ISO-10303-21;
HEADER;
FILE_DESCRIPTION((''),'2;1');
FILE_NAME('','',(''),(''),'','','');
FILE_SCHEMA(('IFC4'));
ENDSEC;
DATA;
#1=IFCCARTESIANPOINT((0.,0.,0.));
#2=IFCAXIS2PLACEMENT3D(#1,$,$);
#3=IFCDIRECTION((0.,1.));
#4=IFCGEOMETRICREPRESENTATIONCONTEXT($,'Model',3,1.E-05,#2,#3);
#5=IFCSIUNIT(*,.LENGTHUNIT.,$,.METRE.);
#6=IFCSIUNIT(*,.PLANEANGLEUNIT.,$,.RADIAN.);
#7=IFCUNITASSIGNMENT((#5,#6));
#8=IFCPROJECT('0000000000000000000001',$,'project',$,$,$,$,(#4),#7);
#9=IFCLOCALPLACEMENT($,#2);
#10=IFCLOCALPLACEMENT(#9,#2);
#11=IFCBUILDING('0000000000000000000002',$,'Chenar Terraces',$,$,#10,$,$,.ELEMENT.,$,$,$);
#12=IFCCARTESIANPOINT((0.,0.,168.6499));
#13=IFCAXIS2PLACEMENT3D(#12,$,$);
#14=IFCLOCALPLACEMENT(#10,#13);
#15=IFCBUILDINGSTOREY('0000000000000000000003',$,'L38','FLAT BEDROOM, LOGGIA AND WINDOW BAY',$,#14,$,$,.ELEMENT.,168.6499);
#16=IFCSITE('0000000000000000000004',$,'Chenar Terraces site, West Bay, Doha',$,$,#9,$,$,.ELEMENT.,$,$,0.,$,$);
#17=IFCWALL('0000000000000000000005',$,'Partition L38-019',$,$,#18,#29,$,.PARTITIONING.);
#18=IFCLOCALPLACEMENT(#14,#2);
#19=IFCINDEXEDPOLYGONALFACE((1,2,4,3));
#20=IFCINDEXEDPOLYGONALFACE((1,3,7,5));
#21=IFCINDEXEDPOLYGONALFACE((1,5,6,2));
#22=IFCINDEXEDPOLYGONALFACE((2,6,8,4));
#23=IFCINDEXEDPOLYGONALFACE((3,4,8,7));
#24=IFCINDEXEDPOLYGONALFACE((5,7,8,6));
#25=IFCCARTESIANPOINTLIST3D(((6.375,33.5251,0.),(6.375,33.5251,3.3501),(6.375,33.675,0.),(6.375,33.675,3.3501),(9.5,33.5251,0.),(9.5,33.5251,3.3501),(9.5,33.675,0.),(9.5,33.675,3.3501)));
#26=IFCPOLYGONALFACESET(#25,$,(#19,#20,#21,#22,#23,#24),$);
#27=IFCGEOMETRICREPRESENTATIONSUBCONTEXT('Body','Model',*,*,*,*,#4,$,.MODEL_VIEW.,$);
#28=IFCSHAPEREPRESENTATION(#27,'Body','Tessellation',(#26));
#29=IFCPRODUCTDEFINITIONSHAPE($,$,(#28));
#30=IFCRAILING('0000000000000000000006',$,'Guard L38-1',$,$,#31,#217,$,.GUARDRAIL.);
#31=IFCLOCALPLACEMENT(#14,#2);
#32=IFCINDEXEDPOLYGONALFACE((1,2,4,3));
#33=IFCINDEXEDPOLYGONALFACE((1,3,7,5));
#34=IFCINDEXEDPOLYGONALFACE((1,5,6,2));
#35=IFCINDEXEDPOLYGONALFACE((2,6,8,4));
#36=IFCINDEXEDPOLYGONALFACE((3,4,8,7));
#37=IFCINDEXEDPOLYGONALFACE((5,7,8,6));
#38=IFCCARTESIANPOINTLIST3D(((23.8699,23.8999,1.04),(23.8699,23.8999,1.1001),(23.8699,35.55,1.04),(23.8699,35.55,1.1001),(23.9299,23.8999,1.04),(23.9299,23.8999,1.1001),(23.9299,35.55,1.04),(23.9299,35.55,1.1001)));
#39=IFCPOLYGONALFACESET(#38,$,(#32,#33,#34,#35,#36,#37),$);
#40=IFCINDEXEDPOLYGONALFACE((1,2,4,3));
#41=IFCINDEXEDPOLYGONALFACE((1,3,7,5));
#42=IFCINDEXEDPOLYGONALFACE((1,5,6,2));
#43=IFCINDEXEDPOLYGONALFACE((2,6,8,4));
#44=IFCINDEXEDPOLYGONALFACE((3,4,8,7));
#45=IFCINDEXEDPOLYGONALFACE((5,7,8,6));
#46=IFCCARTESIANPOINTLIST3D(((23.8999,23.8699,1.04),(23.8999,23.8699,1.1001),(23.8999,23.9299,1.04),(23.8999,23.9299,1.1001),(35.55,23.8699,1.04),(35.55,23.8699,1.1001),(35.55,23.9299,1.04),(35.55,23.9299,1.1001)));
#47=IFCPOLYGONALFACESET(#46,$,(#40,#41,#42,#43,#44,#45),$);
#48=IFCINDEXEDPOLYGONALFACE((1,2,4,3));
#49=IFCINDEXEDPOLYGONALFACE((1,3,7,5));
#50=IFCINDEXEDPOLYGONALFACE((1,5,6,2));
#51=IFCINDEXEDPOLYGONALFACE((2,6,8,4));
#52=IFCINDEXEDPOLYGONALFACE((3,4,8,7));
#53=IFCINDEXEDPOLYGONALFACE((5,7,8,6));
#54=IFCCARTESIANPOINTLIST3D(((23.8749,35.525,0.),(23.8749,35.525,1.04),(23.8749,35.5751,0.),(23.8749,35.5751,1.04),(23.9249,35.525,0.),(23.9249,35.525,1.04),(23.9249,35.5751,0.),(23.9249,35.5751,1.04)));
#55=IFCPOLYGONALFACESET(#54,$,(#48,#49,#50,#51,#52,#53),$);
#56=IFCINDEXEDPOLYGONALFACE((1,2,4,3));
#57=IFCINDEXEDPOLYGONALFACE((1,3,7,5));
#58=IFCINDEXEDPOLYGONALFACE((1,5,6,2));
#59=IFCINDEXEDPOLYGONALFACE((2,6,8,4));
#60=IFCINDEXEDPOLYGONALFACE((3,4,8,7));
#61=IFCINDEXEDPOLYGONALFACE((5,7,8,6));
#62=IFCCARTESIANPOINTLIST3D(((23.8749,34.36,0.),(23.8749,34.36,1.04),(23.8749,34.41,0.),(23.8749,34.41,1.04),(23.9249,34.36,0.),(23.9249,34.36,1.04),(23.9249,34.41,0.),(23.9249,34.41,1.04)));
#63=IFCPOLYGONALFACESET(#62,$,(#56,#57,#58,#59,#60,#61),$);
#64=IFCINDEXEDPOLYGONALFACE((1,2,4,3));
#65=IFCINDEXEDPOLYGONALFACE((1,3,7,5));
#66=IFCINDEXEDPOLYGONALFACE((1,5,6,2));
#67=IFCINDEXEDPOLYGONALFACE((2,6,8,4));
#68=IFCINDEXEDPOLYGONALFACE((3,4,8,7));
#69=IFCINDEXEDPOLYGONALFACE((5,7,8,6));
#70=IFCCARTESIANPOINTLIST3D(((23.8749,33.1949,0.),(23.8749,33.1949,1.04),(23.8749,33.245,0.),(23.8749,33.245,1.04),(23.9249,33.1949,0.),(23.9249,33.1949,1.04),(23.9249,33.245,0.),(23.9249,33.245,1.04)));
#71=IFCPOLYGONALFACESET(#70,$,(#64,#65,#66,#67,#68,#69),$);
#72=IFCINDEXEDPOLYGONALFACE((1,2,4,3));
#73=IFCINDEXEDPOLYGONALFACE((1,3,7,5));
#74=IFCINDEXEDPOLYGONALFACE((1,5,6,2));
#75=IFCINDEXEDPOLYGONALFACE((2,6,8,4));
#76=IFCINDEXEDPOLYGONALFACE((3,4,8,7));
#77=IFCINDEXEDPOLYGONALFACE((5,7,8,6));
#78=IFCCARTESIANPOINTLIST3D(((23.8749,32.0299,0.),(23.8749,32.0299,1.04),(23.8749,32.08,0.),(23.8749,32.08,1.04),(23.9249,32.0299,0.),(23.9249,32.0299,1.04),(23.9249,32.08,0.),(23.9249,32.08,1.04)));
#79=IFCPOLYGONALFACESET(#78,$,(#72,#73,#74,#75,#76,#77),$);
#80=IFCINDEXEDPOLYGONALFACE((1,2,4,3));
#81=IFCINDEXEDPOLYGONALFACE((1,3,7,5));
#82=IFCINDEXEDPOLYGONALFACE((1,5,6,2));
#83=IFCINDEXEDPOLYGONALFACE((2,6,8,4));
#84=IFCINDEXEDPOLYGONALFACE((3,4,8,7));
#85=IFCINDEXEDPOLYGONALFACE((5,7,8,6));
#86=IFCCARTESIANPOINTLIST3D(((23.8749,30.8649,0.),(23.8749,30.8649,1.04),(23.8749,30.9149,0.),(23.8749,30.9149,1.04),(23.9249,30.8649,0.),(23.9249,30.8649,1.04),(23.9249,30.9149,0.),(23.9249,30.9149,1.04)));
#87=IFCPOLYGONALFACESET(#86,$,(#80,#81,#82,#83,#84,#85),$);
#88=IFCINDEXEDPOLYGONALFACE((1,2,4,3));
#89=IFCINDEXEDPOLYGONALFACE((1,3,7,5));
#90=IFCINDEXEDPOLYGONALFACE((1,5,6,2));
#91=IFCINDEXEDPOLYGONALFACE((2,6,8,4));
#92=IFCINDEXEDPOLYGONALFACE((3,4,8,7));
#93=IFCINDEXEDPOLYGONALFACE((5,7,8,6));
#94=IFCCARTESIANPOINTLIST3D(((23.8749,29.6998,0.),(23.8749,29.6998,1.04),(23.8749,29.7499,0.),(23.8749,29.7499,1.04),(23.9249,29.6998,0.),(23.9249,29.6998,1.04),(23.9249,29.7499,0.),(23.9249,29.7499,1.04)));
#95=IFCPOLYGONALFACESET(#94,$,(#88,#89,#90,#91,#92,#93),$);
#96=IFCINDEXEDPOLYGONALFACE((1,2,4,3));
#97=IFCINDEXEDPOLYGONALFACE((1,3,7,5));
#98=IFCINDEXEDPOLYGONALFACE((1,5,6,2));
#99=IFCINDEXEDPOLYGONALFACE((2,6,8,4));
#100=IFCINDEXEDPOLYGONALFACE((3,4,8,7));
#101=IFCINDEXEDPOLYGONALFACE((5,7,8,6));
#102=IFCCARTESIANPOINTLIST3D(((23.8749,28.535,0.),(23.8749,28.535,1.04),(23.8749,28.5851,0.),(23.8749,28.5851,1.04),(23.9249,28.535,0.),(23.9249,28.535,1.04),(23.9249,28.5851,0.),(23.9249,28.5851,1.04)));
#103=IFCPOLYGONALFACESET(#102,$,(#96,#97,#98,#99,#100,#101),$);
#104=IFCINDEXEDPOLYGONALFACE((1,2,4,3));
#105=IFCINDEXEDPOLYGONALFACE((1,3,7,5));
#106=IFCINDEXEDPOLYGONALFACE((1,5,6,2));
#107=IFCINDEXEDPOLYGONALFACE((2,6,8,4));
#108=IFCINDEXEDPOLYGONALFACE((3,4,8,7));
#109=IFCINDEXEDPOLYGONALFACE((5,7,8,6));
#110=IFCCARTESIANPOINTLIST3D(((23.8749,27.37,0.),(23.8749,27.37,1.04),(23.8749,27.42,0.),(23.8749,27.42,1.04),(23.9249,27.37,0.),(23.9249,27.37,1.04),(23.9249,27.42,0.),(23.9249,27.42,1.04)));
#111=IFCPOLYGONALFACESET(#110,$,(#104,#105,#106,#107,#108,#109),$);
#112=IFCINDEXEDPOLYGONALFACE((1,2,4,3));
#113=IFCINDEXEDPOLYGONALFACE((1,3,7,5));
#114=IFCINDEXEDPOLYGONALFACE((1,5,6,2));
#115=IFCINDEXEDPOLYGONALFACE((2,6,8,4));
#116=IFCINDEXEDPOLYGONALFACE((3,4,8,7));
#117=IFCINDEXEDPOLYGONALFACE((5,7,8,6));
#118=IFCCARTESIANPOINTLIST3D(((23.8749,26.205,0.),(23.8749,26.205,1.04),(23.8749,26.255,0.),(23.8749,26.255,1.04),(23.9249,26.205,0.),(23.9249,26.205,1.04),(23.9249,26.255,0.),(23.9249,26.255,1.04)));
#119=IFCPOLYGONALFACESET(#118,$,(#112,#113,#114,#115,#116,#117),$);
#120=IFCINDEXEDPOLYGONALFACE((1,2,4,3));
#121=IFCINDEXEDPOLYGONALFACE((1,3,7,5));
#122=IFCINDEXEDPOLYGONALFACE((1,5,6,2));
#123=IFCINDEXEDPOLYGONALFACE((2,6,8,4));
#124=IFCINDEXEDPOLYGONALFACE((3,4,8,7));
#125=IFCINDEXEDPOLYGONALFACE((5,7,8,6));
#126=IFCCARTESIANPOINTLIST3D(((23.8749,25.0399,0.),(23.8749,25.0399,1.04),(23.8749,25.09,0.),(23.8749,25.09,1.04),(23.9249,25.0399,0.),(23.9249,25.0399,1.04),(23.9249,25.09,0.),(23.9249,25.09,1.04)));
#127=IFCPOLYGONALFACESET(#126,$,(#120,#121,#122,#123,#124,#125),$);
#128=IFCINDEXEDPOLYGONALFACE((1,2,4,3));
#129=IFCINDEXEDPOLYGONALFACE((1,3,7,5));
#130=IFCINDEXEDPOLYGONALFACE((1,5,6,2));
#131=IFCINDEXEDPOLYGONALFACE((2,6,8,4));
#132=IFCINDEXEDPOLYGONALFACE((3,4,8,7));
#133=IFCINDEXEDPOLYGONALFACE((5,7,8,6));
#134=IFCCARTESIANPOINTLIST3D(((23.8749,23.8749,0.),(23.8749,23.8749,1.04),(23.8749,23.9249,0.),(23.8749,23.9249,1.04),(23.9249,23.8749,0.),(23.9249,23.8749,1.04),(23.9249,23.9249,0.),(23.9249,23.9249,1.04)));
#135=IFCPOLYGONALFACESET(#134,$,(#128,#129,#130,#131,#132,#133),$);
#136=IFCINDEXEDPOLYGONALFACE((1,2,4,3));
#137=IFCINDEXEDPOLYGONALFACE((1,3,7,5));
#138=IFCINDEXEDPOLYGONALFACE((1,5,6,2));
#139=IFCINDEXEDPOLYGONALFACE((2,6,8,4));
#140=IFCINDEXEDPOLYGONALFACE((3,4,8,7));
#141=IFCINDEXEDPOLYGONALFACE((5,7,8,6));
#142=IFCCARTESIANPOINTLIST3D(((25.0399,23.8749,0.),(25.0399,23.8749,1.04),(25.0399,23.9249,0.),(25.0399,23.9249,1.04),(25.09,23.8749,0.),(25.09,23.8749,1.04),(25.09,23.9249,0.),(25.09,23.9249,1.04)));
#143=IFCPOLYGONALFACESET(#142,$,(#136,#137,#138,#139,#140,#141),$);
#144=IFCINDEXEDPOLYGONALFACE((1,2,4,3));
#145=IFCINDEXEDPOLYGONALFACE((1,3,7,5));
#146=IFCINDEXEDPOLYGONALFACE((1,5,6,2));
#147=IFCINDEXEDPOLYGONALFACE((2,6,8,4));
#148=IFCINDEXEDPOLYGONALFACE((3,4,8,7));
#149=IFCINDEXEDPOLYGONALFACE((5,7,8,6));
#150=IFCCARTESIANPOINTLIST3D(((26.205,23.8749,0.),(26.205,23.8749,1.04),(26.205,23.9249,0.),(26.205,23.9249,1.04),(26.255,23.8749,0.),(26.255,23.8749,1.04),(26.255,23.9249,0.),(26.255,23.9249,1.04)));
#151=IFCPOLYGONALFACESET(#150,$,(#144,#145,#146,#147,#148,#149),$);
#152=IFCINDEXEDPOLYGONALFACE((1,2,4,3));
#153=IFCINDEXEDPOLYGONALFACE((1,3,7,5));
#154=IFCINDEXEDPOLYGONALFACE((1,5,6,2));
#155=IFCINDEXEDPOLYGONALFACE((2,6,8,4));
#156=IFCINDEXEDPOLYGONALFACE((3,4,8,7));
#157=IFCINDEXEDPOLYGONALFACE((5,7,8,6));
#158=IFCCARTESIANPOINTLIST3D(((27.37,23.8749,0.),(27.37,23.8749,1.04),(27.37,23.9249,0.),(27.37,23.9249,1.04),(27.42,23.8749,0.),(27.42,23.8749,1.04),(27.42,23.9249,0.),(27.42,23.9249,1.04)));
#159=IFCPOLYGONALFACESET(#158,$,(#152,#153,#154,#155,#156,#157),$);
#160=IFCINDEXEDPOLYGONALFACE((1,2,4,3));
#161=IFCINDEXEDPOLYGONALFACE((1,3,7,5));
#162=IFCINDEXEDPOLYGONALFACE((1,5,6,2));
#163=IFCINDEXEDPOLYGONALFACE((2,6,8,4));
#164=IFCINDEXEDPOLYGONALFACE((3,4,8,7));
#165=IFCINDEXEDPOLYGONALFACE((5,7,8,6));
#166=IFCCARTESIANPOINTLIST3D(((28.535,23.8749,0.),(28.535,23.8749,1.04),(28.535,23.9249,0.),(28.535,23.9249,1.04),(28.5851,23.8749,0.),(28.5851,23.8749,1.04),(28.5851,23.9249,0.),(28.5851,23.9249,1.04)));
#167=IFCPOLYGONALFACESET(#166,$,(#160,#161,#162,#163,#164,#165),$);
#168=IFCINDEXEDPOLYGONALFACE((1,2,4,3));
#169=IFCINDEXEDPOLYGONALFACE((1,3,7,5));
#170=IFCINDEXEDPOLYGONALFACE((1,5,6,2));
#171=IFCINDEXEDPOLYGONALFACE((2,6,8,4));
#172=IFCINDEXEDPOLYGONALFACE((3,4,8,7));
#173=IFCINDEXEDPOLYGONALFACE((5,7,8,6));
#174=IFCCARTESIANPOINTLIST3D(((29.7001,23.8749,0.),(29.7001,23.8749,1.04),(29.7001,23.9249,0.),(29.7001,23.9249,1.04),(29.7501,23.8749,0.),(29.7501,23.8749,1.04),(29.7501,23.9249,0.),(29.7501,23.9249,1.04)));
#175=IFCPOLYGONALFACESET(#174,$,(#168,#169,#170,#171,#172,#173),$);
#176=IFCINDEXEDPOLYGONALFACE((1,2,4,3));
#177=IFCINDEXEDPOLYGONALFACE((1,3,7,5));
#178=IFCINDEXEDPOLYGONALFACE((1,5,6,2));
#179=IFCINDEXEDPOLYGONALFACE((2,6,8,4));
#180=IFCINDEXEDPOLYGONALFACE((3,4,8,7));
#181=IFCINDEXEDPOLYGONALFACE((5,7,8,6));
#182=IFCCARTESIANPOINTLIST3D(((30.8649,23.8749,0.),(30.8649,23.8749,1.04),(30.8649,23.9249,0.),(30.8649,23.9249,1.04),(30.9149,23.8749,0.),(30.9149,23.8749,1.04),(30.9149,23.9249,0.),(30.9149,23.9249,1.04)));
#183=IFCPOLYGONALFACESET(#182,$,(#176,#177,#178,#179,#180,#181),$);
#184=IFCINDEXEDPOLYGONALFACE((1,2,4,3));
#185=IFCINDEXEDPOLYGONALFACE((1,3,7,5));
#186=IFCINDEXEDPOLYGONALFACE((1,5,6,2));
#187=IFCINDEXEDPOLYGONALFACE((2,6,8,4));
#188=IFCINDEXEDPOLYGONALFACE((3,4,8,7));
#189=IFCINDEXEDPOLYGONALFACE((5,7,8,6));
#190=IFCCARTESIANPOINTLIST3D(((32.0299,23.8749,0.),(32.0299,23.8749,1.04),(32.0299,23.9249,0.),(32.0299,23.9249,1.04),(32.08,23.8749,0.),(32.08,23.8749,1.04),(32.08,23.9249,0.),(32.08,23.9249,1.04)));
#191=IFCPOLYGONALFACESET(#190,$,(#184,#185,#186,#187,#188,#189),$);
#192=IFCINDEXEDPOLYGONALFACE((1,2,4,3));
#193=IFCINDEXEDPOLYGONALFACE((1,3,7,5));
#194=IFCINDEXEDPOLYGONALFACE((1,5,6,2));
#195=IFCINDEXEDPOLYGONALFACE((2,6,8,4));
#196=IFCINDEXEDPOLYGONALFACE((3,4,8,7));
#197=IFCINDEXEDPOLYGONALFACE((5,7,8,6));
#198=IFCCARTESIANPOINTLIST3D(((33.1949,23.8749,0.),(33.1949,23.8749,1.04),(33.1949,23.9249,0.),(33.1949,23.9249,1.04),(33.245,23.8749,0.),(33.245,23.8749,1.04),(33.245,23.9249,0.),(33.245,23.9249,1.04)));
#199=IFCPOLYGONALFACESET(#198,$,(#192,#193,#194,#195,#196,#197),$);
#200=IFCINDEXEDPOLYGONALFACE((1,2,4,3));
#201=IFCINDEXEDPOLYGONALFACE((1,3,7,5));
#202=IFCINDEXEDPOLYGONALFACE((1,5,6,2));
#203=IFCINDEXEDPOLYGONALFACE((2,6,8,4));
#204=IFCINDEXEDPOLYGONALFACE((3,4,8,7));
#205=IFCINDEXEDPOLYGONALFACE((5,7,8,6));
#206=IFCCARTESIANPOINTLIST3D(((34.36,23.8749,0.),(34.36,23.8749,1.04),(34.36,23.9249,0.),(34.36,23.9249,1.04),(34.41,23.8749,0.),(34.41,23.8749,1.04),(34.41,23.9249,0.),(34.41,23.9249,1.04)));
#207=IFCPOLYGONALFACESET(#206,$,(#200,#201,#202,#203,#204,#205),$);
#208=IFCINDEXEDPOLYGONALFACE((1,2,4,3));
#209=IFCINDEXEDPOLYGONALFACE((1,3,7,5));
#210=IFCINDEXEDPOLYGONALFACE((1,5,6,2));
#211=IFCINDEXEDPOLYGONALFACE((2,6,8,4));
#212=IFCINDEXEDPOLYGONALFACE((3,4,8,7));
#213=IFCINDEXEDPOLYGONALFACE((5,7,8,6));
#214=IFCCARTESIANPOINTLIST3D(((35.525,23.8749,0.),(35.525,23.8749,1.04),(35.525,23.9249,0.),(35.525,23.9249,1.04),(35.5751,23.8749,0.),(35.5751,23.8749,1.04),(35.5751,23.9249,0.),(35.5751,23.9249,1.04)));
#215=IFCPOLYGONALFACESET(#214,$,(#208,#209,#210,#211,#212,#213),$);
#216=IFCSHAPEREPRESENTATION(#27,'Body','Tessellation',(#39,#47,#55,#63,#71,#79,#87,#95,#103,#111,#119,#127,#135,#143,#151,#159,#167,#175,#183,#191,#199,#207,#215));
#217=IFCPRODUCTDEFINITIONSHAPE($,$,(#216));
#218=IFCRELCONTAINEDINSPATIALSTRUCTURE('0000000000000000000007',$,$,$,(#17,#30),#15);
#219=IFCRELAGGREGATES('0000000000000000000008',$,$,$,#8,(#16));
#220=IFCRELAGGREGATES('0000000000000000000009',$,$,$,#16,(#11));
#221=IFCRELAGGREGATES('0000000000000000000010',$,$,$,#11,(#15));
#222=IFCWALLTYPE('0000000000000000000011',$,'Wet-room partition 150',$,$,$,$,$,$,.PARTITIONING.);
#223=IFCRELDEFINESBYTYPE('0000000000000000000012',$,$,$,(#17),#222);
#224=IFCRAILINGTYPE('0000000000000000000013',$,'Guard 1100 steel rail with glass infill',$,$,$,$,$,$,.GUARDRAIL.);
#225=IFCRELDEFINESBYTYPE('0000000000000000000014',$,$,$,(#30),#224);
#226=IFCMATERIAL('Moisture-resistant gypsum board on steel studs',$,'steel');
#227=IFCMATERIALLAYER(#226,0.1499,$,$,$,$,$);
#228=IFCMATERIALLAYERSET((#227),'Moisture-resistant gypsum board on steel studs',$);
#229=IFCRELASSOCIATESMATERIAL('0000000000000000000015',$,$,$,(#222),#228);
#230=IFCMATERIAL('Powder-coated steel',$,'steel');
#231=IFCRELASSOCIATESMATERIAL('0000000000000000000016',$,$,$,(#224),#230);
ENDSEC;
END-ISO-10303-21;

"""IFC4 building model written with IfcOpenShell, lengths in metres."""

from ifc_helpers import new_model, si_unit, direction, frame, frame_2d, origin, origin_2d, place, context, subcontext, project, spatial, rectangle, extrude, material, layer, layer_set, type_object, element, save


model = new_model("IFC4")

# Units and contexts
model_context = context("Model", 3, precision=1e-05, world=origin(), true_north=direction((0.0, 1.0)))
body_context = subcontext(model_context, "Body", "Model", "MODEL_VIEW")
ifc_project = project(units=[si_unit("LENGTHUNIT", "METRE"), si_unit("PLANEANGLEUNIT", "RADIAN")], contexts=[model_context])

# Site, building, storey
site_placement = place(None, origin())
site = spatial("IfcSite", under=ifc_project, at=site_placement, Name="Chenar Terraces site, West Bay, Doha", CompositionType="ELEMENT", RefElevation=0.0)
building_placement = place(site_placement, origin())
building = spatial("IfcBuilding", under=site, at=building_placement, Name="Chenar Terraces", CompositionType="ELEMENT")
storey_placement = place(building_placement, frame((0.0, 0.0, 168.6499)))
storey = spatial("IfcBuildingStorey", under=building, at=storey_placement, Name="L38", Description="FLAT BEDROOM, LOGGIA AND WINDOW BAY", CompositionType="ELEMENT", Elevation=168.6499)

# Wall
ifc_material_1 = material(Name="Moisture-resistant gypsum board on steel studs", Category="steel")
ifc_layer_1 = layer(ifc_material_1, 0.1499)
ifc_layer_set_1 = layer_set([ifc_layer_1], Name="Moisture-resistant gypsum board on steel studs")
wall_type_1 = type_object("IfcWallType", Name="Wet-room partition 150", PredefinedType="PARTITIONING", material=ifc_layer_set_1)
wall_1_placement = place(storey_placement, frame((6.375, 33.6001, 0.0), z_axis=(0.0, 0.0, 1.0), x_axis=(1.0, 0.0, 0.0)))
element("IfcWall", 1, at=wall_1_placement, inside=storey, type_object=wall_type_1, Name="Partition L38-019", PredefinedType="PARTITIONING", context=body_context, shape_type="SweptSolid", body=[
    extrude(rectangle(XDim=3.125, YDim=0.1499, at=frame_2d((1.5625, 0.0))), origin(), (0.0, 0.0, 1.0), 3.3501),
])

# Railing
ifc_material_2 = material(Name="Powder-coated steel", Category="steel")
railing_type = type_object("IfcRailingType", Name="Guard 1100 steel rail with glass infill", PredefinedType="GUARDRAIL", material=ifc_material_2)
railing_placement = place(storey_placement, frame((23.8999, 35.55, 0.0)))
element("IfcRailing", 2, at=railing_placement, inside=storey, type_object=railing_type, Name="Guard L38-1", PredefinedType="GUARDRAIL", context=body_context, shape_type="SweptSolid", body=[
    extrude(rectangle(XDim=0.0601, YDim=0.0601, at=origin_2d()), frame((0.0, 0.0, 1.0701), z_axis=(0.0, -1.0, 0.0), x_axis=(1.0, 0.0, 0.0)), (0.0, 0.0, 1.0), 11.6501),
    extrude(rectangle(XDim=0.0601, YDim=0.0601, at=origin_2d()), frame((0.0, -11.6501, 1.0701), z_axis=(1.0, 0.0, 0.0), x_axis=(0.0, 1.0, 0.0)), (0.0, 0.0, 1.0), 11.6501),
    extrude(rectangle(XDim=0.05, YDim=0.05, at=origin_2d()), origin(), (0.0, 0.0, 1.0), 1.04),
    extrude(rectangle(XDim=0.05, YDim=0.05, at=origin_2d()), frame((0.0, -1.165, 0.0)), (0.0, 0.0, 1.0), 1.04),
    extrude(rectangle(XDim=0.05, YDim=0.05, at=origin_2d()), frame((0.0, -2.3301, 0.0)), (0.0, 0.0, 1.0), 1.04),
    extrude(rectangle(XDim=0.05, YDim=0.05, at=origin_2d()), frame((0.0, -3.4951, 0.0)), (0.0, 0.0, 1.0), 1.04),
    extrude(rectangle(XDim=0.05, YDim=0.05, at=origin_2d()), frame((0.0, -4.6602, 0.0)), (0.0, 0.0, 1.0), 1.04),
    extrude(rectangle(XDim=0.05, YDim=0.05, at=origin_2d()), frame((0.0, -5.8252, 0.0)), (0.0, 0.0, 1.0), 1.04),
    extrude(rectangle(XDim=0.05, YDim=0.05, at=origin_2d()), frame((0.0, -6.99, 0.0)), (0.0, 0.0, 1.0), 1.04),
    extrude(rectangle(XDim=0.05, YDim=0.05, at=origin_2d()), frame((0.0, -8.155, 0.0)), (0.0, 0.0, 1.0), 1.04),
    extrude(rectangle(XDim=0.05, YDim=0.05, at=origin_2d()), frame((0.0, -9.3201, 0.0)), (0.0, 0.0, 1.0), 1.04),
    extrude(rectangle(XDim=0.05, YDim=0.05, at=origin_2d()), frame((0.0, -10.4851, 0.0)), (0.0, 0.0, 1.0), 1.04),
    extrude(rectangle(XDim=0.05, YDim=0.05, at=origin_2d()), frame((0.0, -11.6501, 0.0)), (0.0, 0.0, 1.0), 1.04),
    extrude(rectangle(XDim=0.05, YDim=0.05, at=origin_2d()), frame((1.165, -11.6501, 0.0)), (0.0, 0.0, 1.0), 1.04),
    extrude(rectangle(XDim=0.05, YDim=0.05, at=origin_2d()), frame((2.3301, -11.6501, 0.0)), (0.0, 0.0, 1.0), 1.04),
    extrude(rectangle(XDim=0.05, YDim=0.05, at=origin_2d()), frame((3.4951, -11.6501, 0.0)), (0.0, 0.0, 1.0), 1.04),
    extrude(rectangle(XDim=0.05, YDim=0.05, at=origin_2d()), frame((4.6602, -11.6501, 0.0)), (0.0, 0.0, 1.0), 1.04),
    extrude(rectangle(XDim=0.05, YDim=0.05, at=origin_2d()), frame((5.8252, -11.6501, 0.0)), (0.0, 0.0, 1.0), 1.04),
    extrude(rectangle(XDim=0.05, YDim=0.05, at=origin_2d()), frame((6.99, -11.6501, 0.0)), (0.0, 0.0, 1.0), 1.04),
    extrude(rectangle(XDim=0.05, YDim=0.05, at=origin_2d()), frame((8.155, -11.6501, 0.0)), (0.0, 0.0, 1.0), 1.04),
    extrude(rectangle(XDim=0.05, YDim=0.05, at=origin_2d()), frame((9.3201, -11.6501, 0.0)), (0.0, 0.0, 1.0), 1.04),
    extrude(rectangle(XDim=0.05, YDim=0.05, at=origin_2d()), frame((10.4851, -11.6501, 0.0)), (0.0, 0.0, 1.0), 1.04),
    extrude(rectangle(XDim=0.05, YDim=0.05, at=origin_2d()), frame((11.6501, -11.6501, 0.0)), (0.0, 0.0, 1.0), 1.04),
])

save(model, "model.ifc")
